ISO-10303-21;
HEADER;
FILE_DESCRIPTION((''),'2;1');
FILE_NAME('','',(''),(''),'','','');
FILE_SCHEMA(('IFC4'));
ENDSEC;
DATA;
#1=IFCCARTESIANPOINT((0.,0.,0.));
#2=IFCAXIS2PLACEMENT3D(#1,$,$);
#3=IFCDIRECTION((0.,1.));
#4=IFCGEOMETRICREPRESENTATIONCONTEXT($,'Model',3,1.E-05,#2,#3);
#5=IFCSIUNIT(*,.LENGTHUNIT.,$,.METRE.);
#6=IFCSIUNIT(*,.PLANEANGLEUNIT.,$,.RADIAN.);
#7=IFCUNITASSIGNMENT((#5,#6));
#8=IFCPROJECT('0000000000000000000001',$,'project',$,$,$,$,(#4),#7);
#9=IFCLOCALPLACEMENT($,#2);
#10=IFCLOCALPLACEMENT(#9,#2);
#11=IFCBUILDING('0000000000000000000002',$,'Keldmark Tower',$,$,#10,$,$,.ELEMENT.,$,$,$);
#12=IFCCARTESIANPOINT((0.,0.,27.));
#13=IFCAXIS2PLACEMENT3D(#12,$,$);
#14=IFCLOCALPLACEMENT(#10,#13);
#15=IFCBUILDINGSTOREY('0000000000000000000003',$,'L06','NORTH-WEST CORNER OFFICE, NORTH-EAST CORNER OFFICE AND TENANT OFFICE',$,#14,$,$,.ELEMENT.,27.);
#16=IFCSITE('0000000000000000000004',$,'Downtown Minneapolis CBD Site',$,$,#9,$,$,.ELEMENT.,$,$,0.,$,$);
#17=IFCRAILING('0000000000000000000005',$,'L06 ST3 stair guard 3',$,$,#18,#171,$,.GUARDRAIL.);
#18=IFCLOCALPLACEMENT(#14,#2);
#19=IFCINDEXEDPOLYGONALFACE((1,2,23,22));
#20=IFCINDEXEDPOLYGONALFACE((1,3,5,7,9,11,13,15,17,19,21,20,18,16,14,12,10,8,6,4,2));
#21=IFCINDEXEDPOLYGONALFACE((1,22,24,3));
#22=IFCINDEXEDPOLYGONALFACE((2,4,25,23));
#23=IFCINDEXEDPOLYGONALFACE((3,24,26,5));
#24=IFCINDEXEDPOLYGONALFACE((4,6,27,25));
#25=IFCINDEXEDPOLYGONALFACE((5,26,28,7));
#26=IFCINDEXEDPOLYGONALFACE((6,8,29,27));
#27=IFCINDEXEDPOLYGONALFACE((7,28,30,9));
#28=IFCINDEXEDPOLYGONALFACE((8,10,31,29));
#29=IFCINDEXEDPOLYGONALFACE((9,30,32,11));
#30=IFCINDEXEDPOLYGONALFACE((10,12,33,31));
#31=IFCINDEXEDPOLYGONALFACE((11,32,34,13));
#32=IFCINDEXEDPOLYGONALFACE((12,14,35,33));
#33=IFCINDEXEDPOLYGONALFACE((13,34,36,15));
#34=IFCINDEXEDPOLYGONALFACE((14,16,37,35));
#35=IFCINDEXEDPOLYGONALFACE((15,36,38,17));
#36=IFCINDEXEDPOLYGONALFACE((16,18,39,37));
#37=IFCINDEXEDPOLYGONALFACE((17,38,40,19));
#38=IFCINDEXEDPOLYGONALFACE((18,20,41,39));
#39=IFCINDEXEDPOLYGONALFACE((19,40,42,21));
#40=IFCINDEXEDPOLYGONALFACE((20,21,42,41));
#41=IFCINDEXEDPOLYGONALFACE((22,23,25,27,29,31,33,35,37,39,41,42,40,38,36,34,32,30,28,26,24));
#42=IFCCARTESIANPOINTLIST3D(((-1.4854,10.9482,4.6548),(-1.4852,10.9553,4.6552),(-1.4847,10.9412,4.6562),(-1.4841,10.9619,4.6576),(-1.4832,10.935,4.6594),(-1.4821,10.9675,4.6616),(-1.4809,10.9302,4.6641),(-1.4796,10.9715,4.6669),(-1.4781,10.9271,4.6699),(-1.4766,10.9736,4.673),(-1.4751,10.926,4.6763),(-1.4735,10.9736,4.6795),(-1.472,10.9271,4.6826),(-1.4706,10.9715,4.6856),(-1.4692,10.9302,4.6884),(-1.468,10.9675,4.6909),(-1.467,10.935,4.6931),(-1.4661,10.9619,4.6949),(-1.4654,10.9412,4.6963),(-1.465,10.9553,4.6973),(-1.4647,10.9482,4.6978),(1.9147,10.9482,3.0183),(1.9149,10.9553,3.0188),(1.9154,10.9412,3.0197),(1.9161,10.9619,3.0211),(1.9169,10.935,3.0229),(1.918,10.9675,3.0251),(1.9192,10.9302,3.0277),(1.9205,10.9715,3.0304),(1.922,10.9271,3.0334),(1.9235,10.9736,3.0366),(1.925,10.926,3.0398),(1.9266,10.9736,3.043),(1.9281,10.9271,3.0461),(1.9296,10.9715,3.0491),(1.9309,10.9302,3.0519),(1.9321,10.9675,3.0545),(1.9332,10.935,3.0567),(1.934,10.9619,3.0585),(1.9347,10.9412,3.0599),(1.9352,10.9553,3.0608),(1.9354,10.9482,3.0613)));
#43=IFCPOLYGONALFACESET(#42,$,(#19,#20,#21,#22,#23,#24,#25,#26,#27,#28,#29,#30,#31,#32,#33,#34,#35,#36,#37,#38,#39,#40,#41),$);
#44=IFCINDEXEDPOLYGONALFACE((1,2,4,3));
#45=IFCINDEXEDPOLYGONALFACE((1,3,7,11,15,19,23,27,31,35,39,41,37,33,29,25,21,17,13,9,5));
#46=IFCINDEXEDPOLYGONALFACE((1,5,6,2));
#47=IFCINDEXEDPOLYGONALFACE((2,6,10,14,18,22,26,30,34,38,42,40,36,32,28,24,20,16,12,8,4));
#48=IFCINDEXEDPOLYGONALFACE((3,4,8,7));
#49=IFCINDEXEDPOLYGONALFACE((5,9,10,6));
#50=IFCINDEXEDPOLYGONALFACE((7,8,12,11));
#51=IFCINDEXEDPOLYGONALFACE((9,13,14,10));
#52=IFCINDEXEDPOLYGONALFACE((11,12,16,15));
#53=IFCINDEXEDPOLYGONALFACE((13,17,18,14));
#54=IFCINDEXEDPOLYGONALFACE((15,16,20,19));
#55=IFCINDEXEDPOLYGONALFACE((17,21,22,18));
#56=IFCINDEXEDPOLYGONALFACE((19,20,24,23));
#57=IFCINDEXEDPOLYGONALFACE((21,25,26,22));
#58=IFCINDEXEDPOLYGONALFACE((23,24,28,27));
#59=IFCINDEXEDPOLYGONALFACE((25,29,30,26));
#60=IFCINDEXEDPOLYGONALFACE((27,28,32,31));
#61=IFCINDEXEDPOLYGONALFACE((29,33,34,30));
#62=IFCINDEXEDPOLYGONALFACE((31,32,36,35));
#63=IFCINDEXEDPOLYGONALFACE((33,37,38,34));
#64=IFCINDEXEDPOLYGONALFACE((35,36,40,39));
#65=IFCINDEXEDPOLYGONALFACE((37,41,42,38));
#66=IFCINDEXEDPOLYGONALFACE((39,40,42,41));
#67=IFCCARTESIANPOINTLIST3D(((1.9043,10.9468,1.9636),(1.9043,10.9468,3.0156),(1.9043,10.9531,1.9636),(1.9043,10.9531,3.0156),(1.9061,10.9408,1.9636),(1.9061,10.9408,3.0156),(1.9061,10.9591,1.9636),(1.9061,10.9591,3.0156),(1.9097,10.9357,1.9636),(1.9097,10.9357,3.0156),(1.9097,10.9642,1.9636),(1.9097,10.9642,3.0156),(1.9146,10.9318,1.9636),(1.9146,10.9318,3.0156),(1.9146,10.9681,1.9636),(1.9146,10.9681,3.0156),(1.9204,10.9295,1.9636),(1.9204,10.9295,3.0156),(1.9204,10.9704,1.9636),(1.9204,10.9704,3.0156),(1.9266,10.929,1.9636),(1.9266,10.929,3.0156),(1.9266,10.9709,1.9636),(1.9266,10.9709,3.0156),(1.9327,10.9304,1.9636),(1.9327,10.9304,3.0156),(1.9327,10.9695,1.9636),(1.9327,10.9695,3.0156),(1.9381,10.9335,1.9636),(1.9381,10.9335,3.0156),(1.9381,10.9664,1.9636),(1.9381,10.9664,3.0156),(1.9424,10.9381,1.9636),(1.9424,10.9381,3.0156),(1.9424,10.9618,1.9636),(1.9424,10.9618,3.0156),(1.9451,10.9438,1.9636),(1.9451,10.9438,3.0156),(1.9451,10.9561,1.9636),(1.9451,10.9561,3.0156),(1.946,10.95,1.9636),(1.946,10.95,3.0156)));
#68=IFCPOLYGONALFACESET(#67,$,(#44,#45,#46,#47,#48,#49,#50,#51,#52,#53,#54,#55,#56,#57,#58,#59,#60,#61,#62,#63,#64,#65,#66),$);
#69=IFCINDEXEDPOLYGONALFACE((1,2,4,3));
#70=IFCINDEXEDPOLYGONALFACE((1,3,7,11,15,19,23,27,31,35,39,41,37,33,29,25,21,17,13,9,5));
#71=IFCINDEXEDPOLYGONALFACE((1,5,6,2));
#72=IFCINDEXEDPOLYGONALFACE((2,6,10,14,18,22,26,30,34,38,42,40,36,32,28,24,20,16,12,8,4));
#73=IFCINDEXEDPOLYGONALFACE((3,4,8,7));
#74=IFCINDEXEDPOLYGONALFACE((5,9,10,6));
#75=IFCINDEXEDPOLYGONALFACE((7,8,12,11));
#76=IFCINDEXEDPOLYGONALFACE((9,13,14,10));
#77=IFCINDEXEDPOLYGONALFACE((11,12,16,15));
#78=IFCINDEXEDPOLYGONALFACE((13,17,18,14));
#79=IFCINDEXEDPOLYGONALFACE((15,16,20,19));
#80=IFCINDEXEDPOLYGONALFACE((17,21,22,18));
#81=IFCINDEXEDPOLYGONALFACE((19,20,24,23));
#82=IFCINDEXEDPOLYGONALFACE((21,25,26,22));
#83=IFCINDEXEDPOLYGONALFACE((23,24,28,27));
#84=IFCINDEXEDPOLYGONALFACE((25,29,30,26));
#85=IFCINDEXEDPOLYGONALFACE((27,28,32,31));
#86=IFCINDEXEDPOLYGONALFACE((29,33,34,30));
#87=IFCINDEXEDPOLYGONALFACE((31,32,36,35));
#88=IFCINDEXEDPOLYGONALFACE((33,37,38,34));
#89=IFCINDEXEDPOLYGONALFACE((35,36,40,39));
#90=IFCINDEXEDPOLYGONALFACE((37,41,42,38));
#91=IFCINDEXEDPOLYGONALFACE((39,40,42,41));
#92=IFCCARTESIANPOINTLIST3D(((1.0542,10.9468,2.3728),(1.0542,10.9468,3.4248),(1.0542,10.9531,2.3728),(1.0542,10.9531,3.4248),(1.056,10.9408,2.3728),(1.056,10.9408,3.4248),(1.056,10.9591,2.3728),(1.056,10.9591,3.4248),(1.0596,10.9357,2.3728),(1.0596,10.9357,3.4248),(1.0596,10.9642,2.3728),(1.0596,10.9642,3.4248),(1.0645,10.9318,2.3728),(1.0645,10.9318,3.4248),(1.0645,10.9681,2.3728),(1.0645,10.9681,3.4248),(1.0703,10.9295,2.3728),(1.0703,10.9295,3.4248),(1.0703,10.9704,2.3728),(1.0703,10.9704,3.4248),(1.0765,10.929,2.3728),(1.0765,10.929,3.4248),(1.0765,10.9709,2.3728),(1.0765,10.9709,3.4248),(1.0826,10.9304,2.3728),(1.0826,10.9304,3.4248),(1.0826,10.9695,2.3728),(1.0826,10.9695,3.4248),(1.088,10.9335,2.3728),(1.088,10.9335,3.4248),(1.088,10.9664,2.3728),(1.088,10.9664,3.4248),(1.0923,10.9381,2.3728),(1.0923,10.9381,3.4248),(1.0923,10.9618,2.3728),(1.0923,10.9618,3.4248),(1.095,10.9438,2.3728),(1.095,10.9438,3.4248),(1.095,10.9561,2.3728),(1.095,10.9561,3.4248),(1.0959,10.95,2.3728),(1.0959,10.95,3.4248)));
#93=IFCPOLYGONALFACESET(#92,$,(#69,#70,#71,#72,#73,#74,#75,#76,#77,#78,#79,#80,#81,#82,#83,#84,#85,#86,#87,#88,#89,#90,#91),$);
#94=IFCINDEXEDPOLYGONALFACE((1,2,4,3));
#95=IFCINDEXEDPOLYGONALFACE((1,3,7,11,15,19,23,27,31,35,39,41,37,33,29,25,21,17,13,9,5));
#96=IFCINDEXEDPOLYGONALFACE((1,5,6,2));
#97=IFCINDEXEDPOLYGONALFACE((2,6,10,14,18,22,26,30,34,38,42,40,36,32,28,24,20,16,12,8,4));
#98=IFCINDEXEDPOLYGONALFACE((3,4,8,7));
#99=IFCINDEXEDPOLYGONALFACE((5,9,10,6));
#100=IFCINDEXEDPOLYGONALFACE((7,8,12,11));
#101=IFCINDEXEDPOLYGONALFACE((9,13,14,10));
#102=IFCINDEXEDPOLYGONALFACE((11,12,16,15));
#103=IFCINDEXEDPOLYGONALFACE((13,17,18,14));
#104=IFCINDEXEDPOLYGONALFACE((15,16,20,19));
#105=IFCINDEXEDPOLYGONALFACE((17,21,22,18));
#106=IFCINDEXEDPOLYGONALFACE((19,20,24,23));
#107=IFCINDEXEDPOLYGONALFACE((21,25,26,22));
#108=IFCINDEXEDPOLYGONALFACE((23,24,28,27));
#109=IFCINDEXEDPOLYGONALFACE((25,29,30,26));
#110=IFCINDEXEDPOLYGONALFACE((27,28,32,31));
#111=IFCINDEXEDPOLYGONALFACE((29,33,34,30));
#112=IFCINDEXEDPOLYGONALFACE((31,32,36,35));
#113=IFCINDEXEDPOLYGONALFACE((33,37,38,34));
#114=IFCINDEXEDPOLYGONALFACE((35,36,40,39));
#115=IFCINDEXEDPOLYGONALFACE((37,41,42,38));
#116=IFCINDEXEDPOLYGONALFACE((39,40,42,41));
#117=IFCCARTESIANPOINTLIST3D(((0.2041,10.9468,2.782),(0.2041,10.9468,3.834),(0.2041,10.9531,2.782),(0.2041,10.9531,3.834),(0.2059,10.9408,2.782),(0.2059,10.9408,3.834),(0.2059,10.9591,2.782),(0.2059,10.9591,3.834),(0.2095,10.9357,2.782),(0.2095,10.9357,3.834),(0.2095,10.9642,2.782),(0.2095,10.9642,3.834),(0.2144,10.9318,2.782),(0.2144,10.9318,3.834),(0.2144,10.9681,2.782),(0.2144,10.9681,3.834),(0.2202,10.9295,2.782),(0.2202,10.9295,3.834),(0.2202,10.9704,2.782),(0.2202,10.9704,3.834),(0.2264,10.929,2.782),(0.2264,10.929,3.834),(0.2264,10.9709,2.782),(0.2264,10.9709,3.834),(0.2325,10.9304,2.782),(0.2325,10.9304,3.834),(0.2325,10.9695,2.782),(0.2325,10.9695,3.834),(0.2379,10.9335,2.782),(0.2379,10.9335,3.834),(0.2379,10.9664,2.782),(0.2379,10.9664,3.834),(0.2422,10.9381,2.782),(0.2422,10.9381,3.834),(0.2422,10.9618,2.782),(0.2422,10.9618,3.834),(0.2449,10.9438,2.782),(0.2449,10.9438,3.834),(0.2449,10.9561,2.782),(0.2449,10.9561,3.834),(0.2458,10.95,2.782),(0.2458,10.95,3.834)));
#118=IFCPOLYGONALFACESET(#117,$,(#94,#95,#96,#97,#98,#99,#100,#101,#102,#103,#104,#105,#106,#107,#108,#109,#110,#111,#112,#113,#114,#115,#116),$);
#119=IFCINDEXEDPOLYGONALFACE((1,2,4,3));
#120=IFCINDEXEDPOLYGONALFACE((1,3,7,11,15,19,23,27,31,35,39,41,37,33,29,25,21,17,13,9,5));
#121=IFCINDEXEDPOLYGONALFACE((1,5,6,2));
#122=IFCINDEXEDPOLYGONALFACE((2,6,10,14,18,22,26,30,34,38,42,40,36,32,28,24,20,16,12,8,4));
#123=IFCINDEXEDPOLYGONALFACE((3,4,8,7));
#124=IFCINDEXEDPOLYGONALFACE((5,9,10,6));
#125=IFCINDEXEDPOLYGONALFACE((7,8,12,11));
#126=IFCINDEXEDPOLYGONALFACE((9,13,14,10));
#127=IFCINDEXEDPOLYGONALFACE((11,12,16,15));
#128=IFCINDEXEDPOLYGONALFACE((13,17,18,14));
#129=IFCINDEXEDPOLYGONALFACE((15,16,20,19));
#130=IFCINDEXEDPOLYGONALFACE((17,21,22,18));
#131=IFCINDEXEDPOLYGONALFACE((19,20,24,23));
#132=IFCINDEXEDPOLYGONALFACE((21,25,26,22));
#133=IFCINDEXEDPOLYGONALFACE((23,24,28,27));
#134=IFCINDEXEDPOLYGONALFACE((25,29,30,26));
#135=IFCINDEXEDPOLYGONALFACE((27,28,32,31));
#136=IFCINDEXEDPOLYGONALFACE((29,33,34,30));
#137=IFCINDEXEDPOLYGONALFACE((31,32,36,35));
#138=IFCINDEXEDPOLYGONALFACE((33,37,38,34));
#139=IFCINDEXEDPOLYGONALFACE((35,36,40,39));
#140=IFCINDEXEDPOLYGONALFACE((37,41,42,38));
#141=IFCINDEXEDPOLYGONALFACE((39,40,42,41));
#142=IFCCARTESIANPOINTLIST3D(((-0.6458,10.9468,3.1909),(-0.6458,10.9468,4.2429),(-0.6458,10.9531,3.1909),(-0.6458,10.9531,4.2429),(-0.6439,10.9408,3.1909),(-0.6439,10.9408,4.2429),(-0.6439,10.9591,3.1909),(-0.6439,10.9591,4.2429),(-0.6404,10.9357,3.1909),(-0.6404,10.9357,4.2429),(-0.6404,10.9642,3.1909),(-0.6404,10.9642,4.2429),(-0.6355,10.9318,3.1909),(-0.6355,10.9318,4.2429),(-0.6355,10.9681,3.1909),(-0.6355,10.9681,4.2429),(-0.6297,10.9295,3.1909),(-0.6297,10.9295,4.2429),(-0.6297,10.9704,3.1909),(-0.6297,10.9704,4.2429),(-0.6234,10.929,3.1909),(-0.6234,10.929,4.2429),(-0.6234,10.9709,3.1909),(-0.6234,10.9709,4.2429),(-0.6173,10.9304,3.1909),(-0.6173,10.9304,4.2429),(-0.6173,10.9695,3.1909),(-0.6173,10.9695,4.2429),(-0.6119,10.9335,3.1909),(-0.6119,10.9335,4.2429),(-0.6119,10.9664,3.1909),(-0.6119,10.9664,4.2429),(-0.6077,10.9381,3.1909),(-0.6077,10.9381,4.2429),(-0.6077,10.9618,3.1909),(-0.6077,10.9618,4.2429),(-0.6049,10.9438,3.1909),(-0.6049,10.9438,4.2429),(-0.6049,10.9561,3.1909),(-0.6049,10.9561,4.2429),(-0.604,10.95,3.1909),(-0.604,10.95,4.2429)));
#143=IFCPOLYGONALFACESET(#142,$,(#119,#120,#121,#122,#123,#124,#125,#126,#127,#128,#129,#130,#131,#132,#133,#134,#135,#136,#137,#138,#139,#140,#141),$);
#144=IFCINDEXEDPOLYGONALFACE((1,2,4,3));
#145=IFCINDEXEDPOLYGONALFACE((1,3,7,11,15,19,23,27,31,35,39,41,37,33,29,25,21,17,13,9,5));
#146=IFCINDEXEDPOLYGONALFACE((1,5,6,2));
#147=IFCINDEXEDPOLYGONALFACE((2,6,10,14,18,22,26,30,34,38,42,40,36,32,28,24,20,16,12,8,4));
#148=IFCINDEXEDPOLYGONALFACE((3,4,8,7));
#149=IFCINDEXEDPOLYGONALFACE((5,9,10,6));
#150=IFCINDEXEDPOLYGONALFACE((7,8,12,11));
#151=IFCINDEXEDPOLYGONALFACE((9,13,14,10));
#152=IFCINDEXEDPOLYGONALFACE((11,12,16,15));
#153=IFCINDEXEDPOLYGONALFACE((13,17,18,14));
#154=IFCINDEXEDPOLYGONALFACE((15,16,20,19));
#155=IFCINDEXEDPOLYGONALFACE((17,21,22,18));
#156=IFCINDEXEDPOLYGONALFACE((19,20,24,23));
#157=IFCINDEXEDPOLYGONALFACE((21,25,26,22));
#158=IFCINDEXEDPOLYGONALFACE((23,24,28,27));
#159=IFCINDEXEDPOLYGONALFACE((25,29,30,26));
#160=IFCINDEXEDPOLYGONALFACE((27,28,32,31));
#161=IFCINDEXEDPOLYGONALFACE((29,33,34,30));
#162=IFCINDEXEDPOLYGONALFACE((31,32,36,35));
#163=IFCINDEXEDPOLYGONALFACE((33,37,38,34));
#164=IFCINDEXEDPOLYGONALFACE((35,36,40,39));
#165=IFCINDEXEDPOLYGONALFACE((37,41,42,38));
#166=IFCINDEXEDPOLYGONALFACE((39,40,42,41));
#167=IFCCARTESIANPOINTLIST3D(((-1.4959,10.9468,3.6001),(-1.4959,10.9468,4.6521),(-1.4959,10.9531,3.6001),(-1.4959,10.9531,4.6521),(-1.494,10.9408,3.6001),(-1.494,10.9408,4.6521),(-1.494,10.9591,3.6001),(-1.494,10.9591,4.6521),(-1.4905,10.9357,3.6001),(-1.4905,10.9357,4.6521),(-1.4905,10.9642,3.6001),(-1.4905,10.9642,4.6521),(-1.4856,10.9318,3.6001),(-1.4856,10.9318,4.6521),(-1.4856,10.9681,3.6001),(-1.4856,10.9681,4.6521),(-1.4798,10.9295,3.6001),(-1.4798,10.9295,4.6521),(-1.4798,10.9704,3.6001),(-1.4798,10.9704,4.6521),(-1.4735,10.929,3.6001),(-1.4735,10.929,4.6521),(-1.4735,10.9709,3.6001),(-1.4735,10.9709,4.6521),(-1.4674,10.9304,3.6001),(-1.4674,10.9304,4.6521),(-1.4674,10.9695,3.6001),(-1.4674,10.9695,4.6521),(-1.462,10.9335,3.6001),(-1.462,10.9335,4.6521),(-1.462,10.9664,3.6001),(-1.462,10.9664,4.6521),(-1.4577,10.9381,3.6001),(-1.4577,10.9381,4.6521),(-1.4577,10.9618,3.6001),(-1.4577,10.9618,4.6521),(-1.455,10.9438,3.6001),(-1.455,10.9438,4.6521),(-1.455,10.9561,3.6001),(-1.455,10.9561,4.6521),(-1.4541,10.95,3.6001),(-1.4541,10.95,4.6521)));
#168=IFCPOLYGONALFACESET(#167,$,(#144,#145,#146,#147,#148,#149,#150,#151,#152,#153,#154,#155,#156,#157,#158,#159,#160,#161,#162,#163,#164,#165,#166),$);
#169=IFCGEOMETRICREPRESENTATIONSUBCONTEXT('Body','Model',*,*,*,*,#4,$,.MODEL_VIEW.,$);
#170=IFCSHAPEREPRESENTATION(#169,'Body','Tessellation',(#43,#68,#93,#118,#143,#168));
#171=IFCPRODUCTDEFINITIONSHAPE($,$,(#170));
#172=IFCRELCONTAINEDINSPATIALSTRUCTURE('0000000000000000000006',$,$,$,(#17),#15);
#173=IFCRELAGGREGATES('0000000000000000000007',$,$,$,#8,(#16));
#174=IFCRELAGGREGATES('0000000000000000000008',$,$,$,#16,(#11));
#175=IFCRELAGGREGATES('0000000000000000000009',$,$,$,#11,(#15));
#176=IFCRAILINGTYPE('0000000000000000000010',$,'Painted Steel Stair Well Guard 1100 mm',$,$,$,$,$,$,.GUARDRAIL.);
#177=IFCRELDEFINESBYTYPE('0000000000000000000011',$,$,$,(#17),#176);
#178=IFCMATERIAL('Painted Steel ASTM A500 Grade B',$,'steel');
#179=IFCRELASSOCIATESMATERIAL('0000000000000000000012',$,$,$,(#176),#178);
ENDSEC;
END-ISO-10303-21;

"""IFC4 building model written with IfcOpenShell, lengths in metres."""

from ifc_helpers import new_model, si_unit, direction, frame, origin, origin_2d, place, context, subcontext, project, spatial, circle, extrude, material, type_object, element, save


model = new_model("IFC4")

# Units and contexts
model_context = context("Model", 3, precision=1e-05, world=origin(), true_north=direction((0.0, 1.0)))
body_context = subcontext(model_context, "Body", "Model", "MODEL_VIEW")
ifc_project = project(units=[si_unit("LENGTHUNIT", "METRE"), si_unit("PLANEANGLEUNIT", "RADIAN")], contexts=[model_context])

# Site, building, storey
site_placement = place(None, origin())
site = spatial("IfcSite", under=ifc_project, at=site_placement, Name="Downtown Minneapolis CBD Site", CompositionType="ELEMENT", RefElevation=0.0)
building_placement = place(site_placement, origin())
building = spatial("IfcBuilding", under=site, at=building_placement, Name="Keldmark Tower", CompositionType="ELEMENT")
storey_placement = place(building_placement, frame((0.0, 0.0, 27.0)))
storey = spatial("IfcBuildingStorey", under=building, at=storey_placement, Name="L06", Description="NORTH-WEST CORNER OFFICE, NORTH-EAST CORNER OFFICE AND TENANT OFFICE", CompositionType="ELEMENT", Elevation=27.0)

# Railing
ifc_material_1 = material(Name="Painted Steel ASTM A500 Grade B", Category="steel")
railing_type_1 = type_object("IfcRailingType", Name="Painted Steel Stair Well Guard 1100 mm", PredefinedType="GUARDRAIL", material=ifc_material_1)
railing_1_placement = place(storey_placement, frame((1.925, 10.95, 1.9636)))
element("IfcRailing", 1, at=railing_1_placement, inside=storey, type_object=railing_type_1, Name="L06 ST3 stair guard 3", PredefinedType="GUARDRAIL", context=body_context, shape_type="SweptSolid", body=[
    extrude(circle(Radius=0.0239, at=origin_2d()), frame((0.0, 0.0, 1.0762), z_axis=(-0.901067, 0.0, 0.433679), x_axis=(0.0, -1.0, 0.0)), (0.0, 0.0, 1.0), 3.7734),
    extrude(circle(Radius=0.021, at=origin_2d()), origin(), (0.0, 0.0, 1.0), 1.052),
    extrude(circle(Radius=0.021, at=origin_2d()), frame((-0.8501, 0.0, 0.4092)), (0.0, 0.0, 1.0), 1.052),
    extrude(circle(Radius=0.021, at=origin_2d()), frame((-1.7002, 0.0, 0.8184)), (0.0, 0.0, 1.0), 1.052),
    extrude(circle(Radius=0.021, at=origin_2d()), frame((-2.55, 0.0, 1.2273)), (0.0, 0.0, 1.0), 1.052),
    extrude(circle(Radius=0.021, at=origin_2d()), frame((-3.4001, 0.0, 1.6365)), (0.0, 0.0, 1.0), 1.052),
])

save(model, "model.ifc")
